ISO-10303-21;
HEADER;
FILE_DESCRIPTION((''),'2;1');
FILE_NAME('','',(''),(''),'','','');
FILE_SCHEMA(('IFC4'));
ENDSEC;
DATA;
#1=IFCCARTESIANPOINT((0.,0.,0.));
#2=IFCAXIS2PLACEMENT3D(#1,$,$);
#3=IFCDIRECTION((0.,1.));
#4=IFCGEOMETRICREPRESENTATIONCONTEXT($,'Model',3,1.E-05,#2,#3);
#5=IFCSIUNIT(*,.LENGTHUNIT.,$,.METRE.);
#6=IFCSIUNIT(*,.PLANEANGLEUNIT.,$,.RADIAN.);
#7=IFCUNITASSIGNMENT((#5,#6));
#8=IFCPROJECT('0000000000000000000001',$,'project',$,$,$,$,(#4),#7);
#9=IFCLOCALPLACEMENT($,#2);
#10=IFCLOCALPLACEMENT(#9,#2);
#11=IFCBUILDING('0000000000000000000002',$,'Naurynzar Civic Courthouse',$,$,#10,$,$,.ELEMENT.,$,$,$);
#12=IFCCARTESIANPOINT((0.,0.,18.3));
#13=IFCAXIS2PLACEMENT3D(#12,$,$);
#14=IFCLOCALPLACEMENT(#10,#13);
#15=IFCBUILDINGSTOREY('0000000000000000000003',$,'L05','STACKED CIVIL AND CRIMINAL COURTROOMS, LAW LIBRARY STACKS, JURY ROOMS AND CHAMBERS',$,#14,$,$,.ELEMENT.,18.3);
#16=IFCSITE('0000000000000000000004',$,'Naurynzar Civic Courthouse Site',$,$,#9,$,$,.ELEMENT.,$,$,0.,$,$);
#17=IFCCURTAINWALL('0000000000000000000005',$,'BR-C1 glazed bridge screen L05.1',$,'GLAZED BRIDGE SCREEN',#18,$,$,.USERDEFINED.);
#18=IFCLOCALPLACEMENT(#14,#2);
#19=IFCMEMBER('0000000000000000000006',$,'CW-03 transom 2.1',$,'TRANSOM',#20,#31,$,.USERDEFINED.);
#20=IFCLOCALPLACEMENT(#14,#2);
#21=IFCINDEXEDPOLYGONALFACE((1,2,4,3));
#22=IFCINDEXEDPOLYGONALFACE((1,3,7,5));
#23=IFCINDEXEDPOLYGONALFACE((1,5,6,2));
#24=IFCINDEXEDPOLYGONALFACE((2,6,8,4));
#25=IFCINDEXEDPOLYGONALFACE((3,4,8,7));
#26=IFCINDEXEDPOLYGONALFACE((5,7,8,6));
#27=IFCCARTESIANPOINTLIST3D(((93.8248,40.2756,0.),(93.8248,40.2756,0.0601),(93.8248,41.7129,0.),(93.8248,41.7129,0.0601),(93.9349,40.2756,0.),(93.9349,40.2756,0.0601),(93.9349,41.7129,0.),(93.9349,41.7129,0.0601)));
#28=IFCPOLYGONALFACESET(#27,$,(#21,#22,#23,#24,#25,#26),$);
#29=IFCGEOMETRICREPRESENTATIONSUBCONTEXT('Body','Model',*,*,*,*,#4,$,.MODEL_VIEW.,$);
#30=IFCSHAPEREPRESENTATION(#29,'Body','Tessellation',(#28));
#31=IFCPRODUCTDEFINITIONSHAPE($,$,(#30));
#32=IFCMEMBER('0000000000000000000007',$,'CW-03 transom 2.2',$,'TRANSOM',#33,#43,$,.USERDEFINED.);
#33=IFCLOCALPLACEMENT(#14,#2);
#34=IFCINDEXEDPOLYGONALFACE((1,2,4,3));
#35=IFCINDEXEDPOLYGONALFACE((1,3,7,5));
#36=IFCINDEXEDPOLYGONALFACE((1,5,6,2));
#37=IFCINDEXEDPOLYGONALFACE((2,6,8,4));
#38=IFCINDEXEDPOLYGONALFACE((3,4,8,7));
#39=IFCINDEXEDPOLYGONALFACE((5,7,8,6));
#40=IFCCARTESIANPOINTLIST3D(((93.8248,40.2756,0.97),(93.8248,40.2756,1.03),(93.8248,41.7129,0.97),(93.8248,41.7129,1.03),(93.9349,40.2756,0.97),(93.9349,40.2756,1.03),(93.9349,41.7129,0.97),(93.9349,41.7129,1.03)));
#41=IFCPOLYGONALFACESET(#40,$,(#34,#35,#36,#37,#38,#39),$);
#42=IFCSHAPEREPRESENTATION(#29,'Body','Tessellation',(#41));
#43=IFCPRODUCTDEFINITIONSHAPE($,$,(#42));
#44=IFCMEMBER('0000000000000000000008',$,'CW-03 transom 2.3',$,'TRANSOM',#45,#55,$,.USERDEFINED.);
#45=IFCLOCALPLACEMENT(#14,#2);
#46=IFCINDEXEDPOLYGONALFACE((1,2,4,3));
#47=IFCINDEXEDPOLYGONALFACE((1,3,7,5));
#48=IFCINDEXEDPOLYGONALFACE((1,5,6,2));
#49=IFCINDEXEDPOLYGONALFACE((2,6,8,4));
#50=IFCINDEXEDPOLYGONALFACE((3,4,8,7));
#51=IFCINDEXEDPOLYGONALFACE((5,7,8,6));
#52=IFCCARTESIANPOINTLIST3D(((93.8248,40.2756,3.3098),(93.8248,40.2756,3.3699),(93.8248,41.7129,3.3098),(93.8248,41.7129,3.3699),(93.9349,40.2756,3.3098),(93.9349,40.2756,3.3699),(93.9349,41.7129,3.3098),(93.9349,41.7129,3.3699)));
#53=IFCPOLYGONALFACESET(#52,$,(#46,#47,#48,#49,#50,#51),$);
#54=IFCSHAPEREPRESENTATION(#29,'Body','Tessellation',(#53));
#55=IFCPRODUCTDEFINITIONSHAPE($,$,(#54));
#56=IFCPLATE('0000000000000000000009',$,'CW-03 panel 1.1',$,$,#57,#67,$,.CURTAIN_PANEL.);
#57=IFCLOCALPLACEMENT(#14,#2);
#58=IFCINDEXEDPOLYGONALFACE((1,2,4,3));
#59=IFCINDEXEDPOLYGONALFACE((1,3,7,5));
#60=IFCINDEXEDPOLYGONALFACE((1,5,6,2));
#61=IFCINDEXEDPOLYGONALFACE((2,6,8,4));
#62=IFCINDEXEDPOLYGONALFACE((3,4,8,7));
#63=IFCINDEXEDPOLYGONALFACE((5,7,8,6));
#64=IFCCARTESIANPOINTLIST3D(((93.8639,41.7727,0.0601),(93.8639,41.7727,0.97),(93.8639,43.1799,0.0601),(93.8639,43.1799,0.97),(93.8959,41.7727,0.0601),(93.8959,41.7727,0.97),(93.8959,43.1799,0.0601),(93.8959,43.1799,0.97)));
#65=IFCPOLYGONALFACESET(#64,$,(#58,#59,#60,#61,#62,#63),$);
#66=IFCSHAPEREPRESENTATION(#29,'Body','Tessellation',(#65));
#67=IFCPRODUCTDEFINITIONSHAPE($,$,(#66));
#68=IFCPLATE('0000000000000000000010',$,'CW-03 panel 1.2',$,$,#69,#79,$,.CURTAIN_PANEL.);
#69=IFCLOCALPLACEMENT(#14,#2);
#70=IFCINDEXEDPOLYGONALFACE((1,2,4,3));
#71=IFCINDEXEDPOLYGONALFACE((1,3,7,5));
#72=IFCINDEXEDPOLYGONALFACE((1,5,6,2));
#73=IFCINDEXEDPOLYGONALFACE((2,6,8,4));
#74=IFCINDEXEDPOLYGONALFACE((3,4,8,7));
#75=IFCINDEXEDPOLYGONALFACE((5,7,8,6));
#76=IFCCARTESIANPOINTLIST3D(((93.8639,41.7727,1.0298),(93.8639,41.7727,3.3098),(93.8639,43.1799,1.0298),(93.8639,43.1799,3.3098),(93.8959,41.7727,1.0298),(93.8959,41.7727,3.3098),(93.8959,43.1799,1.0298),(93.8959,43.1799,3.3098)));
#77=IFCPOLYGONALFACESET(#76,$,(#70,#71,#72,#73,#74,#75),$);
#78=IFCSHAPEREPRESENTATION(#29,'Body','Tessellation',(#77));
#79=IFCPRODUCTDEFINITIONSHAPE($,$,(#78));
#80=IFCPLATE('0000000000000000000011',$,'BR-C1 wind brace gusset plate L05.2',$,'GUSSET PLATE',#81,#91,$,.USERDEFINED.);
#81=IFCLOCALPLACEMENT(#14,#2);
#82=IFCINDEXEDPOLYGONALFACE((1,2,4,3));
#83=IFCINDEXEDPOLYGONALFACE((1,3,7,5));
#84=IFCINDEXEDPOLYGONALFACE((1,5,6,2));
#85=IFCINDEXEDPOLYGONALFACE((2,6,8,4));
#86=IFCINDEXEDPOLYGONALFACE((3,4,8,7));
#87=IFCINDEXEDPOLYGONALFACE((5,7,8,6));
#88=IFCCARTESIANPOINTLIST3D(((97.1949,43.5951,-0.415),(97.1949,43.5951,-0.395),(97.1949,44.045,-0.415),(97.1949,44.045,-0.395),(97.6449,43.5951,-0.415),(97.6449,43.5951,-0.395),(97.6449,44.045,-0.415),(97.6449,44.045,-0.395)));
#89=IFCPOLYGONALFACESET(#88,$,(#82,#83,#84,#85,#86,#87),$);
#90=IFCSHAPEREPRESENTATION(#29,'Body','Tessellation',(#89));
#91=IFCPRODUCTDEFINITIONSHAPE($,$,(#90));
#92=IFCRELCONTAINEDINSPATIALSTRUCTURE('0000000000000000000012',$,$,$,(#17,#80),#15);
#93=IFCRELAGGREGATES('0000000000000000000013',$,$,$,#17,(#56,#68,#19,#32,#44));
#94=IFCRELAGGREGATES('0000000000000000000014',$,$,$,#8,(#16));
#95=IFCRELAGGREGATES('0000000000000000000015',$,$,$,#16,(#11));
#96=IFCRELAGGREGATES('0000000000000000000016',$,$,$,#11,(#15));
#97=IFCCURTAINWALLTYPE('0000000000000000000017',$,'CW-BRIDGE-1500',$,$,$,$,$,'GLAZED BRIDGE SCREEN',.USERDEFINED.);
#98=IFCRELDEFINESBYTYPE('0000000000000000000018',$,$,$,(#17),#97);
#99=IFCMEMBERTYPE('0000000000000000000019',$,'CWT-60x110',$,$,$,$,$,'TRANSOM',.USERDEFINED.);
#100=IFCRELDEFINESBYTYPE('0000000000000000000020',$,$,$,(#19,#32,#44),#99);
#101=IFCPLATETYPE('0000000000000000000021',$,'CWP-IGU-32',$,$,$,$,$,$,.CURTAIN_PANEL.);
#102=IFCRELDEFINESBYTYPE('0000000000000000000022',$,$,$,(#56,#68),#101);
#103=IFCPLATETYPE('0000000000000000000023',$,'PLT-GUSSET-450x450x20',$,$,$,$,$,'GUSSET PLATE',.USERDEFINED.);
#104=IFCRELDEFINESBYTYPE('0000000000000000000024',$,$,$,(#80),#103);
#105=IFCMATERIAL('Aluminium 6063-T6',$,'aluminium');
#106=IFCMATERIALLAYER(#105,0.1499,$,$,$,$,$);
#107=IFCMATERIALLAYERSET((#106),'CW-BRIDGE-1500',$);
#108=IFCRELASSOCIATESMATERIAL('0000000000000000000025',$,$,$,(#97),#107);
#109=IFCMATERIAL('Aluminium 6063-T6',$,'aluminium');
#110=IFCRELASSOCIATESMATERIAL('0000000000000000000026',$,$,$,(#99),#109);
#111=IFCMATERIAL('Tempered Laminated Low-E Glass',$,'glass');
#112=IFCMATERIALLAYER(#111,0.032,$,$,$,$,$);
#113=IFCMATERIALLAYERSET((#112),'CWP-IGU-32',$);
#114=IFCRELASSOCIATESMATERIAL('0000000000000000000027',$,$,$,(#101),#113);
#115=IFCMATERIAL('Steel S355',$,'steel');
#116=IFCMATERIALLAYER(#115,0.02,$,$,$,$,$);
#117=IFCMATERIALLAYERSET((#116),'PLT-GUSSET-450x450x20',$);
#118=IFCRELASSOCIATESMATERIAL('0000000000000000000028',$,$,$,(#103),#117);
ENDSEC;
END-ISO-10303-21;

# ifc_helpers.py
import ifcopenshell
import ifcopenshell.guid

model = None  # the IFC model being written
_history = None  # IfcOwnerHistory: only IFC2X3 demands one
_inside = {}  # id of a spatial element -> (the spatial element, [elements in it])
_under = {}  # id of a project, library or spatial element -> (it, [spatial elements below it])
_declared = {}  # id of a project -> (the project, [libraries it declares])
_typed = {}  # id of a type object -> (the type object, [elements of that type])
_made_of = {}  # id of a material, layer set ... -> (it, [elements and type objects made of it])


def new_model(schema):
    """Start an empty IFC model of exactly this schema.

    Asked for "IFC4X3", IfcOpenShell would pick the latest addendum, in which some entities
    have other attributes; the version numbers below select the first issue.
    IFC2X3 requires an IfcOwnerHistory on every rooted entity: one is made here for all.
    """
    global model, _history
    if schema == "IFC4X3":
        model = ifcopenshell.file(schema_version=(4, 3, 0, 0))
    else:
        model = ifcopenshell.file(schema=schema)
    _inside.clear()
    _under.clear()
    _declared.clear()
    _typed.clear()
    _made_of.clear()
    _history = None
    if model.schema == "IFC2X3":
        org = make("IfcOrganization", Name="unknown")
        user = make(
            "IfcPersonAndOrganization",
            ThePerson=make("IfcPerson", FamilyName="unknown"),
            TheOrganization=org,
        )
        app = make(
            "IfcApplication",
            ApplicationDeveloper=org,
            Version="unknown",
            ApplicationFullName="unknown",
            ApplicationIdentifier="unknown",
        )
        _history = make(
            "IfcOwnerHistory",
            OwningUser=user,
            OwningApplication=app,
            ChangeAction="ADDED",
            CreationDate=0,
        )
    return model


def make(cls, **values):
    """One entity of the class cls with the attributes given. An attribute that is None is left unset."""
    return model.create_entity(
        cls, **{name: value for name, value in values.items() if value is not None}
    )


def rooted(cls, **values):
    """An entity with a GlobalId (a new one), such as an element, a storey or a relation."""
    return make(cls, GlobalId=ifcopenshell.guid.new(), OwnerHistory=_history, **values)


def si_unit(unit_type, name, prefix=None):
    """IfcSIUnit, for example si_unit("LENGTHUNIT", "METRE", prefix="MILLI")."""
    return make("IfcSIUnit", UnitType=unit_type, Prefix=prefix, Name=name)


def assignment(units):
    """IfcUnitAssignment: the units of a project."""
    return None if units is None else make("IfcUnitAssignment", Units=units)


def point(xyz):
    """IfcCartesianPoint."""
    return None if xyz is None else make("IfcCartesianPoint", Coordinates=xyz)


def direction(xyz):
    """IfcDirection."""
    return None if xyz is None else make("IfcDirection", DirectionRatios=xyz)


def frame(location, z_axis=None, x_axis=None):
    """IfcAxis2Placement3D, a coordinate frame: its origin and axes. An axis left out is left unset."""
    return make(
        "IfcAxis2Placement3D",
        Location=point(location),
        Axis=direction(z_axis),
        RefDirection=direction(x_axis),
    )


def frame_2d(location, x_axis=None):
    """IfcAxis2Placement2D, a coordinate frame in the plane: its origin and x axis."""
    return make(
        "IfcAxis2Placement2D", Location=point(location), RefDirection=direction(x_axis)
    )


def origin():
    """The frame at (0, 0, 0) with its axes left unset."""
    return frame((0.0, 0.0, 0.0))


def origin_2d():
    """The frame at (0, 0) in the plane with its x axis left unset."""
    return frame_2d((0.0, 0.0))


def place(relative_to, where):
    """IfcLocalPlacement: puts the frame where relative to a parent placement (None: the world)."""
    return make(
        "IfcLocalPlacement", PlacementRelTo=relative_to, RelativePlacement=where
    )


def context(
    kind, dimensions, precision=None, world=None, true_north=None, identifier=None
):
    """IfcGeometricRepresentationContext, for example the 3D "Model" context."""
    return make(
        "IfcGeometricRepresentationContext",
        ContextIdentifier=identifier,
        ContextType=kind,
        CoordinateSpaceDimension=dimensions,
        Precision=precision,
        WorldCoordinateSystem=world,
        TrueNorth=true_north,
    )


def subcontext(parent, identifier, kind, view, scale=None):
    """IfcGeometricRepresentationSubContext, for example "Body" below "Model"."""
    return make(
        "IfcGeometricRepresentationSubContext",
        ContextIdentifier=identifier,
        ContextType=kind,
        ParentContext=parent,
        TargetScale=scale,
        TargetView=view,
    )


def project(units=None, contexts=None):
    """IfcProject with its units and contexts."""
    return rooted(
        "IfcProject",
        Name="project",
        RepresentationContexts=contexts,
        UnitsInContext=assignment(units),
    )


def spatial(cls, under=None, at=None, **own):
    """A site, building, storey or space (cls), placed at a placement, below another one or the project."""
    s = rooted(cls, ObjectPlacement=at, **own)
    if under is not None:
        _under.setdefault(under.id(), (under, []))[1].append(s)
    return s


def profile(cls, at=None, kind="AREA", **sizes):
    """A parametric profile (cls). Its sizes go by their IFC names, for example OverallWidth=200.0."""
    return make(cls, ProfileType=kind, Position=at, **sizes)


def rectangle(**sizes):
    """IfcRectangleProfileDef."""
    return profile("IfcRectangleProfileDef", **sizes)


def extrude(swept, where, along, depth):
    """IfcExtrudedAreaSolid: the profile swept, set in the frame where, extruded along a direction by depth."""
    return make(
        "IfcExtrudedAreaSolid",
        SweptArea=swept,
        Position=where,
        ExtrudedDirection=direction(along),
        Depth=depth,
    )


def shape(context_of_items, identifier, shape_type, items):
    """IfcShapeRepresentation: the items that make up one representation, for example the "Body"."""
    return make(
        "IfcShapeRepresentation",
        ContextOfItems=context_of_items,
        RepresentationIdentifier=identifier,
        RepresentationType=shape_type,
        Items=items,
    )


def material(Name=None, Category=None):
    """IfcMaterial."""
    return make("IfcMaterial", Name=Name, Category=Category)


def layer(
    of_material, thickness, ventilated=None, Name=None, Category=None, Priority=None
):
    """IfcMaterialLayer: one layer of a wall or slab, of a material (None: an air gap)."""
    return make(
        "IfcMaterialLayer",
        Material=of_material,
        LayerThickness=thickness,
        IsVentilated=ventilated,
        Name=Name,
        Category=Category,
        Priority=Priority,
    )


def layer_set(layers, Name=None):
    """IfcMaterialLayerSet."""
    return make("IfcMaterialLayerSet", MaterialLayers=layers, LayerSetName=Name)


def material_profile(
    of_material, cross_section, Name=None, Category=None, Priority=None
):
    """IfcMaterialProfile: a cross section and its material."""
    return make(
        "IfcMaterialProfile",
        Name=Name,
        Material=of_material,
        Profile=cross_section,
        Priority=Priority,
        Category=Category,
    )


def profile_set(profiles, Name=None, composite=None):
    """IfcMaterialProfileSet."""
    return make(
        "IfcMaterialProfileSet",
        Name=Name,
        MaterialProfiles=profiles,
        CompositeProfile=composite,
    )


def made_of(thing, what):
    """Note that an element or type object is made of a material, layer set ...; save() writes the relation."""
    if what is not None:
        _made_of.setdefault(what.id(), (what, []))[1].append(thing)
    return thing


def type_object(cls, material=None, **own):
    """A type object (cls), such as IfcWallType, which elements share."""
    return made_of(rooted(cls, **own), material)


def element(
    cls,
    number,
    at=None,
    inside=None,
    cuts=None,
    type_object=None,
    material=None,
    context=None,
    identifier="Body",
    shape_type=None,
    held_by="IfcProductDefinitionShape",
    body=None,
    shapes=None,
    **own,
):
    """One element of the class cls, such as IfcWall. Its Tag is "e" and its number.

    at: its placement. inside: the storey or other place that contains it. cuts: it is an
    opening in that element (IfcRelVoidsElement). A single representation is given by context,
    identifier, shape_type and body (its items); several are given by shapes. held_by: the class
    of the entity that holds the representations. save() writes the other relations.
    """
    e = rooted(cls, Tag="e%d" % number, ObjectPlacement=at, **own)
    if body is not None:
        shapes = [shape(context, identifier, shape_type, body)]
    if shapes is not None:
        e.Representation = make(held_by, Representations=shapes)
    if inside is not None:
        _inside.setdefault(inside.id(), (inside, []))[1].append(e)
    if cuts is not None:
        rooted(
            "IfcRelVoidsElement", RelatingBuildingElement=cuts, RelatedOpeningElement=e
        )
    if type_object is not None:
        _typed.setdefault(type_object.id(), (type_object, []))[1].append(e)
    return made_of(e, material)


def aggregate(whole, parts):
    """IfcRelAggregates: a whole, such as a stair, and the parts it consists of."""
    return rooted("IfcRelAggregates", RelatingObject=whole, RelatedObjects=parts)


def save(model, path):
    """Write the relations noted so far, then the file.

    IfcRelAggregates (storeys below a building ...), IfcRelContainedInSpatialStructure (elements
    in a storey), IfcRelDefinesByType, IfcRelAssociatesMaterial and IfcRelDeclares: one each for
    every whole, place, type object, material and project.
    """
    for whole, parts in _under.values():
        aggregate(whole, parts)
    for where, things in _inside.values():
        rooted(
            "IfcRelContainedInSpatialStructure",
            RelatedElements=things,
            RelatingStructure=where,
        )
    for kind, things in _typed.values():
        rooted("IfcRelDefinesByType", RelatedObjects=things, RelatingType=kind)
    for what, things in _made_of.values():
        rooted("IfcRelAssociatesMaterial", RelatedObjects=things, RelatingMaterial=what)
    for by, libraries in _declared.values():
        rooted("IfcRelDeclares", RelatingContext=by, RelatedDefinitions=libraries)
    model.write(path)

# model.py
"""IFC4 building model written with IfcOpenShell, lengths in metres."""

from ifc_helpers import new_model, si_unit, direction, frame, origin, origin_2d, place, context, subcontext, project, spatial, rectangle, extrude, material, layer, layer_set, material_profile, profile_set, type_object, element, aggregate, save


model = new_model("IFC4")

# Units and contexts
model_context = context("Model", 3, precision=1e-05, world=origin(), true_north=direction((0.0, 1.0)))
body_context = subcontext(model_context, "Body", "Model", "MODEL_VIEW")
ifc_project = project(units=[si_unit("LENGTHUNIT", "METRE"), si_unit("PLANEANGLEUNIT", "RADIAN")], contexts=[model_context])

# Site, building, storey
site_placement = place(None, origin())
site = spatial("IfcSite", under=ifc_project, at=site_placement, Name="Naurynzar Civic Courthouse Site", CompositionType="ELEMENT", RefElevation=0.0)
building_placement = place(site_placement, origin())
building = spatial("IfcBuilding", under=site, at=building_placement, Name="Naurynzar Civic Courthouse", CompositionType="ELEMENT")
storey_placement = place(building_placement, frame((0.0, 0.0, 18.3)))
storey = spatial("IfcBuildingStorey", under=building, at=storey_placement, Name="L05", Description="STACKED CIVIL AND CRIMINAL COURTROOMS, LAW LIBRARY STACKS, JURY ROOMS AND CHAMBERS", CompositionType="ELEMENT", Elevation=18.3)

# Curtain wall
ifc_material_1 = material(Name="Aluminium 6063-T6", Category="aluminium")
ifc_layer_1 = layer(ifc_material_1, 0.1499)
ifc_layer_set_1 = layer_set([ifc_layer_1], Name="CW-BRIDGE-1500")
curtain_wall_type = type_object("IfcCurtainWallType", Name="CW-BRIDGE-1500", ElementType="GLAZED BRIDGE SCREEN", PredefinedType="USERDEFINED", material=ifc_layer_set_1)
curtain_wall_1_placement = place(storey_placement, origin())
curtain_wall_1 = element("IfcCurtainWall", 1, at=curtain_wall_1_placement, inside=storey, type_object=curtain_wall_type, Name="BR-C1 glazed bridge screen L05.1", ObjectType="GLAZED BRIDGE SCREEN", PredefinedType="USERDEFINED")

# Members
ifc_material_2 = material(Name="Aluminium 6063-T6", Category="aluminium")
ifc_material_profile_1 = material_profile(ifc_material_2, rectangle(XDim=0.1101, YDim=0.0601, at=origin_2d()), Name="ALU TRANSOM 60x110")
ifc_profile_set_1 = profile_set([ifc_material_profile_1], Name="Aluminium 6063-T6")
member_type_1 = type_object("IfcMemberType", Name="CWT-60x110", ElementType="TRANSOM", PredefinedType="USERDEFINED", material=ifc_profile_set_1)
member_1_placement = place(storey_placement, frame((93.8799, 41.7129, 0.03), z_axis=(0.0, -1.0, 0.0), x_axis=(1.0, 0.0, 0.0)))
member_1 = element("IfcMember", 2, at=member_1_placement, type_object=member_type_1, Name="CW-03 transom 2.1", ObjectType="TRANSOM", PredefinedType="USERDEFINED", context=body_context, shape_type="SweptSolid", body=[
    extrude(rectangle(XDim=0.1101, YDim=0.0601, at=origin_2d()), origin(), (0.0, 0.0, 1.0), 1.4373),
])
member_2_placement = place(storey_placement, frame((93.8799, 41.7129, 1.0), z_axis=(0.0, -1.0, 0.0), x_axis=(1.0, 0.0, 0.0)))
member_2 = element("IfcMember", 3, at=member_2_placement, type_object=member_type_1, Name="CW-03 transom 2.2", ObjectType="TRANSOM", PredefinedType="USERDEFINED", context=body_context, shape_type="SweptSolid", body=[
    extrude(rectangle(XDim=0.1101, YDim=0.0601, at=origin_2d()), origin(), (0.0, 0.0, 1.0), 1.4373),
])
member_3_placement = place(storey_placement, frame((93.8799, 41.7129, 3.3398), z_axis=(0.0, -1.0, 0.0), x_axis=(1.0, 0.0, 0.0)))
member_3 = element("IfcMember", 4, at=member_3_placement, type_object=member_type_1, Name="CW-03 transom 2.3", ObjectType="TRANSOM", PredefinedType="USERDEFINED", context=body_context, shape_type="SweptSolid", body=[
    extrude(rectangle(XDim=0.1101, YDim=0.0601, at=origin_2d()), origin(), (0.0, 0.0, 1.0), 1.4373),
])

# Plates
ifc_material_3 = material(Name="Tempered Laminated Low-E Glass", Category="glass")
ifc_layer_2 = layer(ifc_material_3, 0.032)
ifc_layer_set_2 = layer_set([ifc_layer_2], Name="CWP-IGU-32")
plate_type_1 = type_object("IfcPlateType", Name="CWP-IGU-32", PredefinedType="CURTAIN_PANEL", material=ifc_layer_set_2)
plate_1_placement = place(storey_placement, frame((93.8799, 42.4763, 0.0601), z_axis=(0.0, 0.0, 1.0), x_axis=(0.0, -1.0, 0.0)))
plate_1 = element("IfcPlate", 5, at=plate_1_placement, type_object=plate_type_1, Name="CW-03 panel 1.1", PredefinedType="CURTAIN_PANEL", context=body_context, shape_type="SweptSolid", body=[
    extrude(rectangle(XDim=1.4072, YDim=0.032, at=origin_2d()), origin(), (0.0, 0.0, 1.0), 0.9099),
])
plate_2_placement = place(storey_placement, frame((93.8799, 42.4763, 1.0298), z_axis=(0.0, 0.0, 1.0), x_axis=(0.0, -1.0, 0.0)))
plate_2 = element("IfcPlate", 6, at=plate_2_placement, type_object=plate_type_1, Name="CW-03 panel 1.2", PredefinedType="CURTAIN_PANEL", context=body_context, shape_type="SweptSolid", body=[
    extrude(rectangle(XDim=1.4072, YDim=0.032, at=origin_2d()), origin(), (0.0, 0.0, 1.0), 2.28),
])
aggregate(curtain_wall_1, [plate_1, plate_2, member_1, member_2, member_3])
ifc_material_4 = material(Name="Steel S355", Category="steel")
ifc_layer_3 = layer(ifc_material_4, 0.02)
ifc_layer_set_3 = layer_set([ifc_layer_3], Name="PLT-GUSSET-450x450x20")
plate_type_2 = type_object("IfcPlateType", Name="PLT-GUSSET-450x450x20", ElementType="GUSSET PLATE", PredefinedType="USERDEFINED", material=ifc_layer_set_3)
plate_3_placement = place(storey_placement, frame((97.4199, 43.8201, -0.415), z_axis=(0.0, 0.0, 1.0), x_axis=(1.0, 0.0, 0.0)))
element("IfcPlate", 7, at=plate_3_placement, inside=storey, type_object=plate_type_2, Name="BR-C1 wind brace gusset plate L05.2", ObjectType="GUSSET PLATE", PredefinedType="USERDEFINED", context=body_context, shape_type="SweptSolid", body=[
    extrude(rectangle(XDim=0.45, YDim=0.45, at=origin_2d()), origin(), (0.0, 0.0, 1.0), 0.02),
])

save(model, "model.ifc")
